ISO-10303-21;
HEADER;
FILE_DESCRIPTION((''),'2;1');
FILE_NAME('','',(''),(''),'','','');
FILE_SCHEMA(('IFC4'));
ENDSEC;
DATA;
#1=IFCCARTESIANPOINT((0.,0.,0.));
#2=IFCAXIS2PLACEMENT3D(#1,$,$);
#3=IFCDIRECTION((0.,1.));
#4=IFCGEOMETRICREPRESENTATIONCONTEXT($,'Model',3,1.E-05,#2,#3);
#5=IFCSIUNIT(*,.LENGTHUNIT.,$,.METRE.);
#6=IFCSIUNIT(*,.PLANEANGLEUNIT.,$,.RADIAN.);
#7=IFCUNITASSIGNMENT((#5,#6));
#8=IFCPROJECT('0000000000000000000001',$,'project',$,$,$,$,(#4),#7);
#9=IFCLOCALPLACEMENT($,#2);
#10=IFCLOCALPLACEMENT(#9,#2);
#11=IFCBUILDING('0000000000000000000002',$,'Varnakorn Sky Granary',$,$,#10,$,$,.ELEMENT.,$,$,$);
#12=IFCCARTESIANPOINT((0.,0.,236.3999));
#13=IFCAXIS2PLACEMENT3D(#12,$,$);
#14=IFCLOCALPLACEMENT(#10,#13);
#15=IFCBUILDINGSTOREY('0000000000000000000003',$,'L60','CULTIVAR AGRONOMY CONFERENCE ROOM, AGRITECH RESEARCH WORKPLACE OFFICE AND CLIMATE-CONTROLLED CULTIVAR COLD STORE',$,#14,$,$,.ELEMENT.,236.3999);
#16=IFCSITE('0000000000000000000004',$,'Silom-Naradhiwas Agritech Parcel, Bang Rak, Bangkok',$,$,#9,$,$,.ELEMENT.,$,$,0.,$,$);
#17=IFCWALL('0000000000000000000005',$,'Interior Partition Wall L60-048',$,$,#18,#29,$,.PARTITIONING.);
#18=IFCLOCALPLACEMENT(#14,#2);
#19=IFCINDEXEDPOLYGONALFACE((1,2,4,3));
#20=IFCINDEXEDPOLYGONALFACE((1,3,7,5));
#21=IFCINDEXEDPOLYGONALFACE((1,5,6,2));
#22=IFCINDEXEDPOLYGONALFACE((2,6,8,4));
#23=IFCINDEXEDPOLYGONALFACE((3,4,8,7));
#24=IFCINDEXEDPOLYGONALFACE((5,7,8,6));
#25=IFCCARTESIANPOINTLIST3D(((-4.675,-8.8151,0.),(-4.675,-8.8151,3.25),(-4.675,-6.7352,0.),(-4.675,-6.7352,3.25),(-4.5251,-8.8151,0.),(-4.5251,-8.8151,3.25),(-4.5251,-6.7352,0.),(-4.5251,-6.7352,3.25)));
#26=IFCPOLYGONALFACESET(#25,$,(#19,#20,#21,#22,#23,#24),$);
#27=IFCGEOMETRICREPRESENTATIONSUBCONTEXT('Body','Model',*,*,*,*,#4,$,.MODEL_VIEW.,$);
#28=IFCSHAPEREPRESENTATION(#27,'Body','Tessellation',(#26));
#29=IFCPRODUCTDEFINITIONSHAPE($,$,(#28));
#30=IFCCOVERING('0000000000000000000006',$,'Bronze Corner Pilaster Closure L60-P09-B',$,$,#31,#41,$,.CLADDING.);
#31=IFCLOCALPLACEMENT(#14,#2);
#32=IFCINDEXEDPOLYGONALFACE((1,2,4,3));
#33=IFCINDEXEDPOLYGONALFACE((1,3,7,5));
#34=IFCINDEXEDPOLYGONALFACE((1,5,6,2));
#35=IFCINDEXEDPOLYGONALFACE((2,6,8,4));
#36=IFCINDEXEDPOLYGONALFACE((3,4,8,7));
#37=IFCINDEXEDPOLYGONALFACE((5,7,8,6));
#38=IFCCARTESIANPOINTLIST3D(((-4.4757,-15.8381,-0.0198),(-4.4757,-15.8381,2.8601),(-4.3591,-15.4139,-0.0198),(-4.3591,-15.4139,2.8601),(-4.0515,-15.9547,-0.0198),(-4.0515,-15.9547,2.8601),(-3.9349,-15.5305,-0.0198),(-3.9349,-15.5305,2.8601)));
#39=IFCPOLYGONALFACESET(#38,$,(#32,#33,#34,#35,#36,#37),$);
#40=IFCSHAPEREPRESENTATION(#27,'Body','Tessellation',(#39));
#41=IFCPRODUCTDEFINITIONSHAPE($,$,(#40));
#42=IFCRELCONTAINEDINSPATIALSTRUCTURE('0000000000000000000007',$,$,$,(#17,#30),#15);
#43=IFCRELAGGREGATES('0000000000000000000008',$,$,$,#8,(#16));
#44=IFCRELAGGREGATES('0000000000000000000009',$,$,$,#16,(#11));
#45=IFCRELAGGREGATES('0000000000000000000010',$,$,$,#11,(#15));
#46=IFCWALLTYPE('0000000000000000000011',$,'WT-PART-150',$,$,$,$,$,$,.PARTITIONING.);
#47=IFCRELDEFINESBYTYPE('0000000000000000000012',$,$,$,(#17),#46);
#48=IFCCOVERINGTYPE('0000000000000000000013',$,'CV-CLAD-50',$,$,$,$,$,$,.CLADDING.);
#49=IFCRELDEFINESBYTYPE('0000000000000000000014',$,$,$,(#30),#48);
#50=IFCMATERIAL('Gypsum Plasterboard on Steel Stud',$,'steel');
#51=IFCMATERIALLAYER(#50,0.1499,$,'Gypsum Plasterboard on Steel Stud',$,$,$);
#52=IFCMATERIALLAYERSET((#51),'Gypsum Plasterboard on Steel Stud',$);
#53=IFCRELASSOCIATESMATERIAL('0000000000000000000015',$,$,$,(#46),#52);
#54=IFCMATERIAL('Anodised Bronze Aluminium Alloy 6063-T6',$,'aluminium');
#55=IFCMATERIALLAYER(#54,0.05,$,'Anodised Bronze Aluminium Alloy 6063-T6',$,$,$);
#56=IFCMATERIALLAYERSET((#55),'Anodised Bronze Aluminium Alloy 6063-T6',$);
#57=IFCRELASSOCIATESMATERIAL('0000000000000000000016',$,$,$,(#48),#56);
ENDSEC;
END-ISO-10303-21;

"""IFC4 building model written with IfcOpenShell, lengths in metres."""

from ifc_helpers import new_model, si_unit, direction, frame, frame_2d, origin, origin_2d, place, context, subcontext, project, spatial, rectangle, extrude, source, transform, mapped, material, layer, layer_set, type_object, type_shapes, element, save


model = new_model("IFC4")

# Units and contexts
model_context = context("Model", 3, precision=1e-05, world=origin(), true_north=direction((0.0, 1.0)))
body_context = subcontext(model_context, "Body", "Model", "MODEL_VIEW")
ifc_project = project(units=[si_unit("LENGTHUNIT", "METRE"), si_unit("PLANEANGLEUNIT", "RADIAN")], contexts=[model_context])

# Site, building, storey
site_placement = place(None, origin())
site = spatial("IfcSite", under=ifc_project, at=site_placement, Name="Silom-Naradhiwas Agritech Parcel, Bang Rak, Bangkok", CompositionType="ELEMENT", RefElevation=0.0)
building_placement = place(site_placement, origin())
building = spatial("IfcBuilding", under=site, at=building_placement, Name="Varnakorn Sky Granary", CompositionType="ELEMENT")
storey_placement = place(building_placement, frame((0.0, 0.0, 236.3999)))
storey = spatial("IfcBuildingStorey", under=building, at=storey_placement, Name="L60", Description="CULTIVAR AGRONOMY CONFERENCE ROOM, AGRITECH RESEARCH WORKPLACE OFFICE AND CLIMATE-CONTROLLED CULTIVAR COLD STORE", CompositionType="ELEMENT", Elevation=236.3999)

# Shared definitions
ifc_material_1 = material(Name="Anodised Bronze Aluminium Alloy 6063-T6", Category="aluminium")

# Shared definitions
ifc_material_2 = material(Name="Gypsum Plasterboard on Steel Stud", Category="steel")
ifc_layer_1 = layer(ifc_material_2, 0.1499, Name="Gypsum Plasterboard on Steel Stud")
ifc_layer_set_1 = layer_set([ifc_layer_1], Name="Gypsum Plasterboard on Steel Stud")
wall_type = type_object("IfcWallType", Name="WT-PART-150", PredefinedType="PARTITIONING", material=ifc_layer_set_1)

# Wall
wall_1_placement = place(storey_placement, frame((-4.6001, -6.7351, 0.0), z_axis=(0.0, 0.0, 1.0), x_axis=(0.0, -1.0, 0.0)))
element("IfcWall", 1, at=wall_1_placement, inside=storey, type_object=wall_type, Name="Interior Partition Wall L60-048", PredefinedType="PARTITIONING", context=body_context, shape_type="SweptSolid", body=[
    extrude(rectangle(XDim=2.0798, YDim=0.1499, at=frame_2d((1.04, 0.0))), origin(), (0.0, 0.0, 1.0), 3.25),
])

# Covering
ifc_layer_2 = layer(ifc_material_1, 0.05, Name="Anodised Bronze Aluminium Alloy 6063-T6")
ifc_layer_set_2 = layer_set([ifc_layer_2], Name="Anodised Bronze Aluminium Alloy 6063-T6")
covering_type = type_object("IfcCoveringType", Name="CV-CLAD-50", PredefinedType="CLADDING", material=ifc_layer_set_2)
shared_shape_1 = source(origin(), body_context, "Body", "SweptSolid", [
    extrude(rectangle(XDim=0.4399, YDim=0.4399, at=origin_2d()), origin(), (0.0, 0.0, 1.0), 2.8799),
])
type_shapes(covering_type, [shared_shape_1])
covering_placement = place(storey_placement, frame((-4.2053, -15.6843, -0.0198), z_axis=(0.0, 0.0, 1.0), x_axis=(-0.964234, 0.265051, 0.0)))
element("IfcCovering", 2, at=covering_placement, inside=storey, type_object=covering_type, Name="Bronze Corner Pilaster Closure L60-P09-B", PredefinedType="CLADDING", context=body_context, shape_type="MappedRepresentation", body=[
    mapped(shared_shape_1, transform((0.0, 0.0, 0.0), x_axis=(1.0, 0.0, 0.0), y_axis=(0.0, 1.0, 0.0), z_axis=(0.0, 0.0, 1.0), scale=1.0)),
])

save(model, "model.ifc")
